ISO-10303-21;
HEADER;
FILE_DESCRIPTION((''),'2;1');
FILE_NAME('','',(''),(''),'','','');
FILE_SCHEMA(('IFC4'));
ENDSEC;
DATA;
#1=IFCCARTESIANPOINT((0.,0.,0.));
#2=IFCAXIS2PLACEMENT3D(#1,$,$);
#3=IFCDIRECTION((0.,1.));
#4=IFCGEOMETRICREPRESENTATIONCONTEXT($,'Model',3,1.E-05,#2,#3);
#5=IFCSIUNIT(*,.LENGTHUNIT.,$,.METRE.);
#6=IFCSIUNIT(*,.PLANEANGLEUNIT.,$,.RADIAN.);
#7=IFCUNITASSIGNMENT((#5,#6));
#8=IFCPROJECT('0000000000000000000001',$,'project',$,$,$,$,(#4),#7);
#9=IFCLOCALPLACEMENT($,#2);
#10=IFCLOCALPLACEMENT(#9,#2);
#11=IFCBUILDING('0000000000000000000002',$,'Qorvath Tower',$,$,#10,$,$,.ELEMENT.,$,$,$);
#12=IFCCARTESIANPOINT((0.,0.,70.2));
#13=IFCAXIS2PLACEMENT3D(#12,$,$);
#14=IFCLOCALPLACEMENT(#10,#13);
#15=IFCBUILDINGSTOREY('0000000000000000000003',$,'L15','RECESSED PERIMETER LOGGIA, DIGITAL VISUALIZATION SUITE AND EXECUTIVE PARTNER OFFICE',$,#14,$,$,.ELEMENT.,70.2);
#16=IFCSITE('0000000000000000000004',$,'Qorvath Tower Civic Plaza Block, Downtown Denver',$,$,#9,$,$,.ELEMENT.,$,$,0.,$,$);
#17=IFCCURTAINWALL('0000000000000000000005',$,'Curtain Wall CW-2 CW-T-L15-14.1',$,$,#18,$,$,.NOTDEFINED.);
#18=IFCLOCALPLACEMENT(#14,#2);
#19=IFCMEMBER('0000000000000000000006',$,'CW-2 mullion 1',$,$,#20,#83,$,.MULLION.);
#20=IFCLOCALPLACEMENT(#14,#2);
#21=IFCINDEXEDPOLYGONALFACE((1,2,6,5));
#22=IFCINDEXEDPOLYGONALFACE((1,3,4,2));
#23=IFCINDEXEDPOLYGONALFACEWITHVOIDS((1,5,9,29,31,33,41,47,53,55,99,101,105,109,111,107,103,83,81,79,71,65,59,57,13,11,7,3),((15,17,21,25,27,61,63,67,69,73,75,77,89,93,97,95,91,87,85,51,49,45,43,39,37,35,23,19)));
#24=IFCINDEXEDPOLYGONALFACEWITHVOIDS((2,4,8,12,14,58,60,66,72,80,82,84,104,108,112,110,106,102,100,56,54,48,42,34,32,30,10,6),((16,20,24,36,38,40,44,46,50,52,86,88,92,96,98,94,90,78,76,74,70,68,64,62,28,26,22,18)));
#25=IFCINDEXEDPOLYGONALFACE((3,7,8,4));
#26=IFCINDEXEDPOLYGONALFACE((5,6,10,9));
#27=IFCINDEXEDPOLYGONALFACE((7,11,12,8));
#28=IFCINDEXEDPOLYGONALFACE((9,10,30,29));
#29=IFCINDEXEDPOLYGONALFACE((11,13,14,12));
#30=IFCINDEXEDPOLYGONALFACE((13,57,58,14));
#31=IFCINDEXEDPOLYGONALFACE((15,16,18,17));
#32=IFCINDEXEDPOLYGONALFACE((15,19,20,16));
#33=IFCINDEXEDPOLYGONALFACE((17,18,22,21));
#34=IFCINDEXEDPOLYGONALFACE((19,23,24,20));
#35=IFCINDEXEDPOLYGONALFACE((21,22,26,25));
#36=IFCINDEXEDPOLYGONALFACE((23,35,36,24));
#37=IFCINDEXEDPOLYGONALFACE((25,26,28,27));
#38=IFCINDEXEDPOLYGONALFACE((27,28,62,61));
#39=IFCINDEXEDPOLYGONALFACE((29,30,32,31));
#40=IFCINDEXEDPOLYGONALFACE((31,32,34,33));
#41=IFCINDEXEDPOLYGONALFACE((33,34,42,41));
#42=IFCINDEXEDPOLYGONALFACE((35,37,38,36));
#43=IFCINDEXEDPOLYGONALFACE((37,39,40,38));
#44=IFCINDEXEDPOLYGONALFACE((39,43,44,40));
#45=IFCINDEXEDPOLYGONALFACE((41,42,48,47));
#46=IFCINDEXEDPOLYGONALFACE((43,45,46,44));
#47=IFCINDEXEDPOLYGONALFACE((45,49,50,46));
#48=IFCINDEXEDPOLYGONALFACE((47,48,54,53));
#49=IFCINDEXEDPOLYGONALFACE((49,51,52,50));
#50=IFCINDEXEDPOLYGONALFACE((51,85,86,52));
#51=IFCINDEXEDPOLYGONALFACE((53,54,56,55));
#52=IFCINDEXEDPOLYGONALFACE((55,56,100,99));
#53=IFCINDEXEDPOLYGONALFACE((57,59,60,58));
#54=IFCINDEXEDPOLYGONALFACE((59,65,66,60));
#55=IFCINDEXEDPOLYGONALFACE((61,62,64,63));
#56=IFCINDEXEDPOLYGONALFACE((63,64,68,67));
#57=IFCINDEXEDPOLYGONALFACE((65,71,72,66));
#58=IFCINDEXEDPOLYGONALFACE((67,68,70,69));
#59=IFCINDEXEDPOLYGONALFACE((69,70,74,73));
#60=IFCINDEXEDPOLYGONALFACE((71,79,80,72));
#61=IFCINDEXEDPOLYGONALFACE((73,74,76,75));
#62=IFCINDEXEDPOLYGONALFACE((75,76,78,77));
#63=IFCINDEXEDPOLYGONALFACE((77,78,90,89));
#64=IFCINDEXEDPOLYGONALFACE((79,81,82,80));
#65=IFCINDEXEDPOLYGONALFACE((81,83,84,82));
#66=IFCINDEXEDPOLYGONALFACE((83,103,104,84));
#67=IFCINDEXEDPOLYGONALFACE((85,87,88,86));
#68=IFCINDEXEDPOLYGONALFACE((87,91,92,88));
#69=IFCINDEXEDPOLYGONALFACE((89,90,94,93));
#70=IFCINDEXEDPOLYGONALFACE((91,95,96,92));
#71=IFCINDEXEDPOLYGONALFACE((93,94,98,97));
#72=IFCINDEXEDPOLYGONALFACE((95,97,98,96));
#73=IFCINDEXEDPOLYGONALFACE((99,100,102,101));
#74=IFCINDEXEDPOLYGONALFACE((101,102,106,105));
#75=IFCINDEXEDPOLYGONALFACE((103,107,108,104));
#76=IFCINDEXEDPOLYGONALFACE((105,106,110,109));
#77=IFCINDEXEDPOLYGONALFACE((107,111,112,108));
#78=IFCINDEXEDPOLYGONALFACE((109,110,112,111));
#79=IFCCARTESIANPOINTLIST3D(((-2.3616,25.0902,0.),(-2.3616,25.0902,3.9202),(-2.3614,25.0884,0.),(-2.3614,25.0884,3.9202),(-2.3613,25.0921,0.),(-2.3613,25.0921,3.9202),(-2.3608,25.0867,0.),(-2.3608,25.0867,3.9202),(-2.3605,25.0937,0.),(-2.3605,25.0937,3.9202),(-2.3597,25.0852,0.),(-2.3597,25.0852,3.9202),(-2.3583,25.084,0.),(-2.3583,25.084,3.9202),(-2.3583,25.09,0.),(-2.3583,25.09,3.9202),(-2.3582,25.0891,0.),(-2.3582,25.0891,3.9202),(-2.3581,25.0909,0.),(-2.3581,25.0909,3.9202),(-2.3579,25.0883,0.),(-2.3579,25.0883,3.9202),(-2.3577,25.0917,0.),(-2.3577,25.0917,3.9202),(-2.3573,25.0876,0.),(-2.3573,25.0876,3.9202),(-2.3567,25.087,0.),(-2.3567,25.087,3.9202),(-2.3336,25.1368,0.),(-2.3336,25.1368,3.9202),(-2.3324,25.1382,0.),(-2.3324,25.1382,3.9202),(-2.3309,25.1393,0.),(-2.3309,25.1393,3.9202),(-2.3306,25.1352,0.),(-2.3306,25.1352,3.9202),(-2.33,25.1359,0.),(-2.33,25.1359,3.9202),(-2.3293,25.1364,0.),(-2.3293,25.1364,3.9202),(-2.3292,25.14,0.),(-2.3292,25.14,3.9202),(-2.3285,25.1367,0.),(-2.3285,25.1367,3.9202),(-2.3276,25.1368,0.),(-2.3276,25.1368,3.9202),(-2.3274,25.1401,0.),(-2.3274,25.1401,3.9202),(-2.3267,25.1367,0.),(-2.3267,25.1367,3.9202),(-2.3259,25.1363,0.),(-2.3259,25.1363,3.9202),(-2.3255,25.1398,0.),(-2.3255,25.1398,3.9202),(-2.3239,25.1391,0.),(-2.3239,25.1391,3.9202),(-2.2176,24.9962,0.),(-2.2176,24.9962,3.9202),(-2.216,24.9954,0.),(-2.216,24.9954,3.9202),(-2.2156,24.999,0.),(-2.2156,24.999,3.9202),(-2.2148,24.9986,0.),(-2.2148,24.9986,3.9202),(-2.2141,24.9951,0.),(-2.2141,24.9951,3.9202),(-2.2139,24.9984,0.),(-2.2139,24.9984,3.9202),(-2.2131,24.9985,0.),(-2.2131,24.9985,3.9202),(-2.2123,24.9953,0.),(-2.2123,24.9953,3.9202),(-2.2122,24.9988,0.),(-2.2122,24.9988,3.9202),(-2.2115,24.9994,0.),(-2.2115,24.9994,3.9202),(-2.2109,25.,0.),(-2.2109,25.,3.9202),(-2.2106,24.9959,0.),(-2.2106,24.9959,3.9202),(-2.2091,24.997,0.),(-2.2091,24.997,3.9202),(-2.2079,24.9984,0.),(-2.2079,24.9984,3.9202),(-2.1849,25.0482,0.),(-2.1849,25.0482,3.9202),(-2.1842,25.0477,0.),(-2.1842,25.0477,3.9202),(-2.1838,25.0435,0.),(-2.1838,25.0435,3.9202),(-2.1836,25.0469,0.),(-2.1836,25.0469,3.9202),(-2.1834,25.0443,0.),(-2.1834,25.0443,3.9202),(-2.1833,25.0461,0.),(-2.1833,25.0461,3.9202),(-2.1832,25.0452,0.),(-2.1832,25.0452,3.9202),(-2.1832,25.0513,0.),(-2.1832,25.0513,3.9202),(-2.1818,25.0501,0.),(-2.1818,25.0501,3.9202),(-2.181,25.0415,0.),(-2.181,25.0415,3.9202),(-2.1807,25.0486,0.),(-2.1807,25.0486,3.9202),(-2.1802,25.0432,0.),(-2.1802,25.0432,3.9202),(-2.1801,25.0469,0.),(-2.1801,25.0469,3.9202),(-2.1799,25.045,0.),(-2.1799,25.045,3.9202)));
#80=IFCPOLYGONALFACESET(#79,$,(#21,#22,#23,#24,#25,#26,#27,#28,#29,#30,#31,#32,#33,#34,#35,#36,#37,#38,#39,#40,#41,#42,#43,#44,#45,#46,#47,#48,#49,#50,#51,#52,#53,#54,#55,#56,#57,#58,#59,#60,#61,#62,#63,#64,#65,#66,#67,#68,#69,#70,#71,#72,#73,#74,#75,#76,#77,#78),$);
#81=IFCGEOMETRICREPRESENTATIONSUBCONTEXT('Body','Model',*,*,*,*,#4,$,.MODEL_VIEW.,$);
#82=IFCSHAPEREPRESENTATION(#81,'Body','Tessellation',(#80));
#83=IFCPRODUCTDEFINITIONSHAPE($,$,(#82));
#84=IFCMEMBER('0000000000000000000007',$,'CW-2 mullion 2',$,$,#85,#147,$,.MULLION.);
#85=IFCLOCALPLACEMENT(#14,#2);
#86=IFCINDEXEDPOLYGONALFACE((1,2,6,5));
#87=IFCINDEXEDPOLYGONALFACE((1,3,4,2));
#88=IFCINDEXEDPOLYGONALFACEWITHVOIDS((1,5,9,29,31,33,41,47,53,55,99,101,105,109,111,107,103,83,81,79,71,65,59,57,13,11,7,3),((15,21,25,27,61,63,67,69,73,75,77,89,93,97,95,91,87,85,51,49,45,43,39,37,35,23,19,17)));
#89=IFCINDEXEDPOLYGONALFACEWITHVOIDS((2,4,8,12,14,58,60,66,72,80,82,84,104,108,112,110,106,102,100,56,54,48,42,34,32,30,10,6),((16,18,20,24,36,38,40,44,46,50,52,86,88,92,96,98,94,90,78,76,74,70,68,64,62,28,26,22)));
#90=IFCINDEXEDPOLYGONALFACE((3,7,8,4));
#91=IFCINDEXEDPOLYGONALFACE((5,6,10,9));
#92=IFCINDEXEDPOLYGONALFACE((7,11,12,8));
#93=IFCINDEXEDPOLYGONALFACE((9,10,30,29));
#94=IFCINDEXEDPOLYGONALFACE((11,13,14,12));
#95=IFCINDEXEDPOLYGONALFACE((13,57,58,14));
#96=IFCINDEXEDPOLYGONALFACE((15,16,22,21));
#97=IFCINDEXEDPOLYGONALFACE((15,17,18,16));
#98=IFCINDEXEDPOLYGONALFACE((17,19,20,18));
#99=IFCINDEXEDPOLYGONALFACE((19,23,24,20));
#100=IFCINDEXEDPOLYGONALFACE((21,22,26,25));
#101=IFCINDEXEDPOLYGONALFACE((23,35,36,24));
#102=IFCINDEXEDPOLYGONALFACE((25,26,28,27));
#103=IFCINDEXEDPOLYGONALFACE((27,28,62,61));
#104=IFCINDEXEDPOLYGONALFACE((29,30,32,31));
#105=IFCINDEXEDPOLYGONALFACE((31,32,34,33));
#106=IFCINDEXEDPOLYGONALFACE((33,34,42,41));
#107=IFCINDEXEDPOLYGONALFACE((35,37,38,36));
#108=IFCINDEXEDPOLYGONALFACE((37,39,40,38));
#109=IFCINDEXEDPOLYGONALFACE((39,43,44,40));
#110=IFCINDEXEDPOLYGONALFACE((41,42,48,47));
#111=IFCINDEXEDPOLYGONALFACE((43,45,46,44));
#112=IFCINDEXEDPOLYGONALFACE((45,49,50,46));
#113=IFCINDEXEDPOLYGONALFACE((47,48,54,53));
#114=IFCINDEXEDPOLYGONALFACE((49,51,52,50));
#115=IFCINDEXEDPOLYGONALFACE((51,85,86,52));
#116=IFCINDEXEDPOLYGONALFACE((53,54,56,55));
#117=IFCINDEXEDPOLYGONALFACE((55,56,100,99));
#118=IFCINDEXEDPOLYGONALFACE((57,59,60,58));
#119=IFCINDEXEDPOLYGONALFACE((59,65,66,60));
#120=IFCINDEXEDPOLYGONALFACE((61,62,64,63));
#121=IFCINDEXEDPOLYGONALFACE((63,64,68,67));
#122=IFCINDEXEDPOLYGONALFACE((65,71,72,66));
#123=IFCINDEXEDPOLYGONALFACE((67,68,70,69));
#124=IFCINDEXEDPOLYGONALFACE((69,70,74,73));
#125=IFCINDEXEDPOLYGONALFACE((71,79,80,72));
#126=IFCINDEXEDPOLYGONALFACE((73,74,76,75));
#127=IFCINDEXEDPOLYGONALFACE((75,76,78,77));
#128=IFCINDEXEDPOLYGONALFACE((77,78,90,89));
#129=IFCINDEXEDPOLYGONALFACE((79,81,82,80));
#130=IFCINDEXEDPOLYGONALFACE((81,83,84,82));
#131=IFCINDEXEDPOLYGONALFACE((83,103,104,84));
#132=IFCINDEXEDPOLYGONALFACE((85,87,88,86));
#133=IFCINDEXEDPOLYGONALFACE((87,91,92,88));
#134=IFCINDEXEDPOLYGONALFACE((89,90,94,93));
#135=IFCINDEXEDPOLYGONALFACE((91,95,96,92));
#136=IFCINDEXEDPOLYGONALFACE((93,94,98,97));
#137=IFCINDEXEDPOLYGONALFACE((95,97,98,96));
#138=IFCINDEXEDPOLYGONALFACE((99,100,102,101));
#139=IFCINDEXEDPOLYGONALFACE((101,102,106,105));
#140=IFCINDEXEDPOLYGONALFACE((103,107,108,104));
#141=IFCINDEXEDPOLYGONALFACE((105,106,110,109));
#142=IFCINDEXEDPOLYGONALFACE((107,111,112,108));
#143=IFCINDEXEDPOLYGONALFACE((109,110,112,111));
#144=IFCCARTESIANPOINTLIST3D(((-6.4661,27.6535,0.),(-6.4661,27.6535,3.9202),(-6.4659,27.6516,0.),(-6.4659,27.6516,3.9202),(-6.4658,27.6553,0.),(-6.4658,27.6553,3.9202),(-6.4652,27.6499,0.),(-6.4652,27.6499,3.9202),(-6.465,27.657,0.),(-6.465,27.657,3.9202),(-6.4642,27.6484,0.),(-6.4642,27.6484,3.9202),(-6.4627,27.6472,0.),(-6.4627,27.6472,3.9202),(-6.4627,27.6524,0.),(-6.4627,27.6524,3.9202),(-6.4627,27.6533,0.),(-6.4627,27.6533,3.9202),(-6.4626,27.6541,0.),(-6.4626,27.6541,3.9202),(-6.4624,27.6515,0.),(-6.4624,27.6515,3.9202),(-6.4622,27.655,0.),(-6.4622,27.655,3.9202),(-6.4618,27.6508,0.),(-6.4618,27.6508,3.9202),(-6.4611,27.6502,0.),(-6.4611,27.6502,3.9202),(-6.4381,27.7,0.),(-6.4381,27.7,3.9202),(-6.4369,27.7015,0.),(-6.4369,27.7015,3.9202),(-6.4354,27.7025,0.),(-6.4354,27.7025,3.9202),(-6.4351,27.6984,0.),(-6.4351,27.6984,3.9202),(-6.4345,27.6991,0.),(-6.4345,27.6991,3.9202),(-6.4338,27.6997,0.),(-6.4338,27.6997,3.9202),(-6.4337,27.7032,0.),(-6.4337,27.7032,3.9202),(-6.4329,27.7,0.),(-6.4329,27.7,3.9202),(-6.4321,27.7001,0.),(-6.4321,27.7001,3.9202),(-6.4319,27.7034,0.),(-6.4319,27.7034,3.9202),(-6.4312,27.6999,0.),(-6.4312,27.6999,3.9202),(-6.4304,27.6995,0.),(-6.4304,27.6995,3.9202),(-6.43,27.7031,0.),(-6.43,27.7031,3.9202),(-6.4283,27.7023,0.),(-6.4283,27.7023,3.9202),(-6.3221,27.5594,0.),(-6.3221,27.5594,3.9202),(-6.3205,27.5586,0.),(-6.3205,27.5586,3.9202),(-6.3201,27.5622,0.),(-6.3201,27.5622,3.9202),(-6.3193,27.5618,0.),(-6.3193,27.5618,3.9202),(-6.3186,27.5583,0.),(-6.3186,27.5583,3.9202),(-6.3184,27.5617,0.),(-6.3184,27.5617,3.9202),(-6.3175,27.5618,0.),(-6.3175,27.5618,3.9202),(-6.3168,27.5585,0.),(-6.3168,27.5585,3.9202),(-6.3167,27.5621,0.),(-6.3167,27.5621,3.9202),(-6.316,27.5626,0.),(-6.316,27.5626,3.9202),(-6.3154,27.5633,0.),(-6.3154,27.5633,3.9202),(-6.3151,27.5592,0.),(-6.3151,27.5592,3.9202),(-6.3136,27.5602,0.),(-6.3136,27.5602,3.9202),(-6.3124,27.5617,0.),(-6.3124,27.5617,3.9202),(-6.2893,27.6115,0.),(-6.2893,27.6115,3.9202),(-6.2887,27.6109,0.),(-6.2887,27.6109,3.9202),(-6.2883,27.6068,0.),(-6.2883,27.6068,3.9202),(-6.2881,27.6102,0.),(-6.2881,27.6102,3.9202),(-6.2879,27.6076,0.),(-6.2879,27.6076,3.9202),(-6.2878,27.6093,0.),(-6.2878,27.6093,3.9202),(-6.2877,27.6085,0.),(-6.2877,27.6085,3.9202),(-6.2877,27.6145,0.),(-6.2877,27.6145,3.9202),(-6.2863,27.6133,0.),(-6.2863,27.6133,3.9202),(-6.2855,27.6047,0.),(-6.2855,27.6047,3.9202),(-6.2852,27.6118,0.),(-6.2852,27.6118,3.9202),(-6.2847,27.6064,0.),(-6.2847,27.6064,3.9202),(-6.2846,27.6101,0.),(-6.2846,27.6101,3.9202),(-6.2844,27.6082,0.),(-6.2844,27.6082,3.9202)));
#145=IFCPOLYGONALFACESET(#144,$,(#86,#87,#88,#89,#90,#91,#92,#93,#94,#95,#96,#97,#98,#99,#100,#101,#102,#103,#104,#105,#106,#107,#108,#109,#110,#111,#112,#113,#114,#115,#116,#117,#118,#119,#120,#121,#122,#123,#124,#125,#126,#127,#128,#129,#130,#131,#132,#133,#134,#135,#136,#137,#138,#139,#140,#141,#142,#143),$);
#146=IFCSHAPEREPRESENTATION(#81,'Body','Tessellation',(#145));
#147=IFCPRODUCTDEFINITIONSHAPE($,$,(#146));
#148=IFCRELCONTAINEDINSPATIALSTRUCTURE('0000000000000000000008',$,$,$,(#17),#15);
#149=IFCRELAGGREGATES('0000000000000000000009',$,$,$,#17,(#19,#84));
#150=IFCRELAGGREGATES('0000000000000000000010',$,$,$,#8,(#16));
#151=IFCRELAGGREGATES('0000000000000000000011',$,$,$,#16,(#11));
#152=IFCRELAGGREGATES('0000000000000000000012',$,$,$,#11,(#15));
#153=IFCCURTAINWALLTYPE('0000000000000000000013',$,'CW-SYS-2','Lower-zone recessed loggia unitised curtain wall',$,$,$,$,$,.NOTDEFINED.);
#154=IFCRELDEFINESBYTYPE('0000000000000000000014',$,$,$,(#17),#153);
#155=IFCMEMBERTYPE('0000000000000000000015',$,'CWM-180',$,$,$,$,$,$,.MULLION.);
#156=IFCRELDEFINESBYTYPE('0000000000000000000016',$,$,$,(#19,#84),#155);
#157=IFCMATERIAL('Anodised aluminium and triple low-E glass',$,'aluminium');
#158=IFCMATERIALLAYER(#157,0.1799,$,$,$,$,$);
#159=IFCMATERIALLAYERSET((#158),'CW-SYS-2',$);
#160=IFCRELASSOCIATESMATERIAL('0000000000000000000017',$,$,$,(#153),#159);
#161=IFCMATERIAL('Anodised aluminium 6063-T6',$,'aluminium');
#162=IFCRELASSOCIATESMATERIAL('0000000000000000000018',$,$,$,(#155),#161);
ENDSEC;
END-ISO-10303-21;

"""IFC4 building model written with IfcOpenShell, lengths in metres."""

from ifc_helpers import new_model, si_unit, direction, frame, origin, origin_2d, place, context, subcontext, project, spatial, hollow_rectangle, extrude, material, layer, layer_set, material_profile, profile_set, type_object, element, aggregate, save


model = new_model("IFC4")

# Units and contexts
model_context = context("Model", 3, precision=1e-05, world=origin(), true_north=direction((0.0, 1.0)))
body_context = subcontext(model_context, "Body", "Model", "MODEL_VIEW")
ifc_project = project(units=[si_unit("LENGTHUNIT", "METRE"), si_unit("PLANEANGLEUNIT", "RADIAN")], contexts=[model_context])

# Site, building, storey
site_placement = place(None, origin())
site = spatial("IfcSite", under=ifc_project, at=site_placement, Name="Qorvath Tower Civic Plaza Block, Downtown Denver", CompositionType="ELEMENT", RefElevation=0.0)
building_placement = place(site_placement, origin())
building = spatial("IfcBuilding", under=site, at=building_placement, Name="Qorvath Tower", CompositionType="ELEMENT")
storey_placement = place(building_placement, frame((0.0, 0.0, 70.2)))
storey = spatial("IfcBuildingStorey", under=building, at=storey_placement, Name="L15", Description="RECESSED PERIMETER LOGGIA, DIGITAL VISUALIZATION SUITE AND EXECUTIVE PARTNER OFFICE", CompositionType="ELEMENT", Elevation=70.2)

# Shared definitions
ifc_material_1 = material(Name="Anodised aluminium and triple low-E glass", Category="aluminium")
ifc_layer_1 = layer(ifc_material_1, 0.1799)
ifc_layer_set_1 = layer_set([ifc_layer_1], Name="CW-SYS-2")
curtain_wall_type = type_object("IfcCurtainWallType", Name="CW-SYS-2", Description="Lower-zone recessed loggia unitised curtain wall", PredefinedType="NOTDEFINED", material=ifc_layer_set_1)
ifc_material_2 = material(Name="Anodised aluminium 6063-T6", Category="aluminium")
ifc_material_profile_1 = material_profile(ifc_material_2, hollow_rectangle(XDim=0.0649, YDim=0.1799, WallThickness=0.0034, InnerFilletRadius=0.0034, OuterFilletRadius=0.0071, at=origin_2d()), Name="CWM 180x65")
ifc_profile_set_1 = profile_set([ifc_material_profile_1], Name="Anodised aluminium 6063-T6")
member_type_1 = type_object("IfcMemberType", Name="CWM-180", PredefinedType="MULLION", material=ifc_profile_set_1)

# Curtain wall, members
curtain_wall_1_placement = place(storey_placement, origin())
curtain_wall_1 = element("IfcCurtainWall", 1, at=curtain_wall_1_placement, inside=storey, type_object=curtain_wall_type, Name="Curtain Wall CW-2 CW-T-L15-14.1", PredefinedType="NOTDEFINED")
member_1_placement = place(storey_placement, frame((-2.2708, 25.0676, 0.0), z_axis=(0.0, 0.0, 1.0), x_axis=(-0.529686, -0.848194, 0.0)))
member_1 = element("IfcMember", 2, at=member_1_placement, type_object=member_type_1, Name="CW-2 mullion 1", PredefinedType="MULLION", context=body_context, shape_type="SweptSolid", body=[
    extrude(hollow_rectangle(XDim=0.0649, YDim=0.1799, WallThickness=0.0034, InnerFilletRadius=0.0034, OuterFilletRadius=0.0071, at=origin_2d()), origin(), (0.0, 0.0, 1.0), 3.9202),
])
member_2_placement = place(storey_placement, frame((-6.3752, 27.6309, 0.0), z_axis=(0.0, 0.0, 1.0), x_axis=(-0.529686, -0.848194, 0.0)))
member_2 = element("IfcMember", 3, at=member_2_placement, type_object=member_type_1, Name="CW-2 mullion 2", PredefinedType="MULLION", context=body_context, shape_type="SweptSolid", body=[
    extrude(hollow_rectangle(XDim=0.0649, YDim=0.1799, WallThickness=0.0034, InnerFilletRadius=0.0034, OuterFilletRadius=0.0071, at=origin_2d()), origin(), (0.0, 0.0, 1.0), 3.9202),
])

aggregate(curtain_wall_1, [member_1, member_2])

save(model, "model.ifc")
